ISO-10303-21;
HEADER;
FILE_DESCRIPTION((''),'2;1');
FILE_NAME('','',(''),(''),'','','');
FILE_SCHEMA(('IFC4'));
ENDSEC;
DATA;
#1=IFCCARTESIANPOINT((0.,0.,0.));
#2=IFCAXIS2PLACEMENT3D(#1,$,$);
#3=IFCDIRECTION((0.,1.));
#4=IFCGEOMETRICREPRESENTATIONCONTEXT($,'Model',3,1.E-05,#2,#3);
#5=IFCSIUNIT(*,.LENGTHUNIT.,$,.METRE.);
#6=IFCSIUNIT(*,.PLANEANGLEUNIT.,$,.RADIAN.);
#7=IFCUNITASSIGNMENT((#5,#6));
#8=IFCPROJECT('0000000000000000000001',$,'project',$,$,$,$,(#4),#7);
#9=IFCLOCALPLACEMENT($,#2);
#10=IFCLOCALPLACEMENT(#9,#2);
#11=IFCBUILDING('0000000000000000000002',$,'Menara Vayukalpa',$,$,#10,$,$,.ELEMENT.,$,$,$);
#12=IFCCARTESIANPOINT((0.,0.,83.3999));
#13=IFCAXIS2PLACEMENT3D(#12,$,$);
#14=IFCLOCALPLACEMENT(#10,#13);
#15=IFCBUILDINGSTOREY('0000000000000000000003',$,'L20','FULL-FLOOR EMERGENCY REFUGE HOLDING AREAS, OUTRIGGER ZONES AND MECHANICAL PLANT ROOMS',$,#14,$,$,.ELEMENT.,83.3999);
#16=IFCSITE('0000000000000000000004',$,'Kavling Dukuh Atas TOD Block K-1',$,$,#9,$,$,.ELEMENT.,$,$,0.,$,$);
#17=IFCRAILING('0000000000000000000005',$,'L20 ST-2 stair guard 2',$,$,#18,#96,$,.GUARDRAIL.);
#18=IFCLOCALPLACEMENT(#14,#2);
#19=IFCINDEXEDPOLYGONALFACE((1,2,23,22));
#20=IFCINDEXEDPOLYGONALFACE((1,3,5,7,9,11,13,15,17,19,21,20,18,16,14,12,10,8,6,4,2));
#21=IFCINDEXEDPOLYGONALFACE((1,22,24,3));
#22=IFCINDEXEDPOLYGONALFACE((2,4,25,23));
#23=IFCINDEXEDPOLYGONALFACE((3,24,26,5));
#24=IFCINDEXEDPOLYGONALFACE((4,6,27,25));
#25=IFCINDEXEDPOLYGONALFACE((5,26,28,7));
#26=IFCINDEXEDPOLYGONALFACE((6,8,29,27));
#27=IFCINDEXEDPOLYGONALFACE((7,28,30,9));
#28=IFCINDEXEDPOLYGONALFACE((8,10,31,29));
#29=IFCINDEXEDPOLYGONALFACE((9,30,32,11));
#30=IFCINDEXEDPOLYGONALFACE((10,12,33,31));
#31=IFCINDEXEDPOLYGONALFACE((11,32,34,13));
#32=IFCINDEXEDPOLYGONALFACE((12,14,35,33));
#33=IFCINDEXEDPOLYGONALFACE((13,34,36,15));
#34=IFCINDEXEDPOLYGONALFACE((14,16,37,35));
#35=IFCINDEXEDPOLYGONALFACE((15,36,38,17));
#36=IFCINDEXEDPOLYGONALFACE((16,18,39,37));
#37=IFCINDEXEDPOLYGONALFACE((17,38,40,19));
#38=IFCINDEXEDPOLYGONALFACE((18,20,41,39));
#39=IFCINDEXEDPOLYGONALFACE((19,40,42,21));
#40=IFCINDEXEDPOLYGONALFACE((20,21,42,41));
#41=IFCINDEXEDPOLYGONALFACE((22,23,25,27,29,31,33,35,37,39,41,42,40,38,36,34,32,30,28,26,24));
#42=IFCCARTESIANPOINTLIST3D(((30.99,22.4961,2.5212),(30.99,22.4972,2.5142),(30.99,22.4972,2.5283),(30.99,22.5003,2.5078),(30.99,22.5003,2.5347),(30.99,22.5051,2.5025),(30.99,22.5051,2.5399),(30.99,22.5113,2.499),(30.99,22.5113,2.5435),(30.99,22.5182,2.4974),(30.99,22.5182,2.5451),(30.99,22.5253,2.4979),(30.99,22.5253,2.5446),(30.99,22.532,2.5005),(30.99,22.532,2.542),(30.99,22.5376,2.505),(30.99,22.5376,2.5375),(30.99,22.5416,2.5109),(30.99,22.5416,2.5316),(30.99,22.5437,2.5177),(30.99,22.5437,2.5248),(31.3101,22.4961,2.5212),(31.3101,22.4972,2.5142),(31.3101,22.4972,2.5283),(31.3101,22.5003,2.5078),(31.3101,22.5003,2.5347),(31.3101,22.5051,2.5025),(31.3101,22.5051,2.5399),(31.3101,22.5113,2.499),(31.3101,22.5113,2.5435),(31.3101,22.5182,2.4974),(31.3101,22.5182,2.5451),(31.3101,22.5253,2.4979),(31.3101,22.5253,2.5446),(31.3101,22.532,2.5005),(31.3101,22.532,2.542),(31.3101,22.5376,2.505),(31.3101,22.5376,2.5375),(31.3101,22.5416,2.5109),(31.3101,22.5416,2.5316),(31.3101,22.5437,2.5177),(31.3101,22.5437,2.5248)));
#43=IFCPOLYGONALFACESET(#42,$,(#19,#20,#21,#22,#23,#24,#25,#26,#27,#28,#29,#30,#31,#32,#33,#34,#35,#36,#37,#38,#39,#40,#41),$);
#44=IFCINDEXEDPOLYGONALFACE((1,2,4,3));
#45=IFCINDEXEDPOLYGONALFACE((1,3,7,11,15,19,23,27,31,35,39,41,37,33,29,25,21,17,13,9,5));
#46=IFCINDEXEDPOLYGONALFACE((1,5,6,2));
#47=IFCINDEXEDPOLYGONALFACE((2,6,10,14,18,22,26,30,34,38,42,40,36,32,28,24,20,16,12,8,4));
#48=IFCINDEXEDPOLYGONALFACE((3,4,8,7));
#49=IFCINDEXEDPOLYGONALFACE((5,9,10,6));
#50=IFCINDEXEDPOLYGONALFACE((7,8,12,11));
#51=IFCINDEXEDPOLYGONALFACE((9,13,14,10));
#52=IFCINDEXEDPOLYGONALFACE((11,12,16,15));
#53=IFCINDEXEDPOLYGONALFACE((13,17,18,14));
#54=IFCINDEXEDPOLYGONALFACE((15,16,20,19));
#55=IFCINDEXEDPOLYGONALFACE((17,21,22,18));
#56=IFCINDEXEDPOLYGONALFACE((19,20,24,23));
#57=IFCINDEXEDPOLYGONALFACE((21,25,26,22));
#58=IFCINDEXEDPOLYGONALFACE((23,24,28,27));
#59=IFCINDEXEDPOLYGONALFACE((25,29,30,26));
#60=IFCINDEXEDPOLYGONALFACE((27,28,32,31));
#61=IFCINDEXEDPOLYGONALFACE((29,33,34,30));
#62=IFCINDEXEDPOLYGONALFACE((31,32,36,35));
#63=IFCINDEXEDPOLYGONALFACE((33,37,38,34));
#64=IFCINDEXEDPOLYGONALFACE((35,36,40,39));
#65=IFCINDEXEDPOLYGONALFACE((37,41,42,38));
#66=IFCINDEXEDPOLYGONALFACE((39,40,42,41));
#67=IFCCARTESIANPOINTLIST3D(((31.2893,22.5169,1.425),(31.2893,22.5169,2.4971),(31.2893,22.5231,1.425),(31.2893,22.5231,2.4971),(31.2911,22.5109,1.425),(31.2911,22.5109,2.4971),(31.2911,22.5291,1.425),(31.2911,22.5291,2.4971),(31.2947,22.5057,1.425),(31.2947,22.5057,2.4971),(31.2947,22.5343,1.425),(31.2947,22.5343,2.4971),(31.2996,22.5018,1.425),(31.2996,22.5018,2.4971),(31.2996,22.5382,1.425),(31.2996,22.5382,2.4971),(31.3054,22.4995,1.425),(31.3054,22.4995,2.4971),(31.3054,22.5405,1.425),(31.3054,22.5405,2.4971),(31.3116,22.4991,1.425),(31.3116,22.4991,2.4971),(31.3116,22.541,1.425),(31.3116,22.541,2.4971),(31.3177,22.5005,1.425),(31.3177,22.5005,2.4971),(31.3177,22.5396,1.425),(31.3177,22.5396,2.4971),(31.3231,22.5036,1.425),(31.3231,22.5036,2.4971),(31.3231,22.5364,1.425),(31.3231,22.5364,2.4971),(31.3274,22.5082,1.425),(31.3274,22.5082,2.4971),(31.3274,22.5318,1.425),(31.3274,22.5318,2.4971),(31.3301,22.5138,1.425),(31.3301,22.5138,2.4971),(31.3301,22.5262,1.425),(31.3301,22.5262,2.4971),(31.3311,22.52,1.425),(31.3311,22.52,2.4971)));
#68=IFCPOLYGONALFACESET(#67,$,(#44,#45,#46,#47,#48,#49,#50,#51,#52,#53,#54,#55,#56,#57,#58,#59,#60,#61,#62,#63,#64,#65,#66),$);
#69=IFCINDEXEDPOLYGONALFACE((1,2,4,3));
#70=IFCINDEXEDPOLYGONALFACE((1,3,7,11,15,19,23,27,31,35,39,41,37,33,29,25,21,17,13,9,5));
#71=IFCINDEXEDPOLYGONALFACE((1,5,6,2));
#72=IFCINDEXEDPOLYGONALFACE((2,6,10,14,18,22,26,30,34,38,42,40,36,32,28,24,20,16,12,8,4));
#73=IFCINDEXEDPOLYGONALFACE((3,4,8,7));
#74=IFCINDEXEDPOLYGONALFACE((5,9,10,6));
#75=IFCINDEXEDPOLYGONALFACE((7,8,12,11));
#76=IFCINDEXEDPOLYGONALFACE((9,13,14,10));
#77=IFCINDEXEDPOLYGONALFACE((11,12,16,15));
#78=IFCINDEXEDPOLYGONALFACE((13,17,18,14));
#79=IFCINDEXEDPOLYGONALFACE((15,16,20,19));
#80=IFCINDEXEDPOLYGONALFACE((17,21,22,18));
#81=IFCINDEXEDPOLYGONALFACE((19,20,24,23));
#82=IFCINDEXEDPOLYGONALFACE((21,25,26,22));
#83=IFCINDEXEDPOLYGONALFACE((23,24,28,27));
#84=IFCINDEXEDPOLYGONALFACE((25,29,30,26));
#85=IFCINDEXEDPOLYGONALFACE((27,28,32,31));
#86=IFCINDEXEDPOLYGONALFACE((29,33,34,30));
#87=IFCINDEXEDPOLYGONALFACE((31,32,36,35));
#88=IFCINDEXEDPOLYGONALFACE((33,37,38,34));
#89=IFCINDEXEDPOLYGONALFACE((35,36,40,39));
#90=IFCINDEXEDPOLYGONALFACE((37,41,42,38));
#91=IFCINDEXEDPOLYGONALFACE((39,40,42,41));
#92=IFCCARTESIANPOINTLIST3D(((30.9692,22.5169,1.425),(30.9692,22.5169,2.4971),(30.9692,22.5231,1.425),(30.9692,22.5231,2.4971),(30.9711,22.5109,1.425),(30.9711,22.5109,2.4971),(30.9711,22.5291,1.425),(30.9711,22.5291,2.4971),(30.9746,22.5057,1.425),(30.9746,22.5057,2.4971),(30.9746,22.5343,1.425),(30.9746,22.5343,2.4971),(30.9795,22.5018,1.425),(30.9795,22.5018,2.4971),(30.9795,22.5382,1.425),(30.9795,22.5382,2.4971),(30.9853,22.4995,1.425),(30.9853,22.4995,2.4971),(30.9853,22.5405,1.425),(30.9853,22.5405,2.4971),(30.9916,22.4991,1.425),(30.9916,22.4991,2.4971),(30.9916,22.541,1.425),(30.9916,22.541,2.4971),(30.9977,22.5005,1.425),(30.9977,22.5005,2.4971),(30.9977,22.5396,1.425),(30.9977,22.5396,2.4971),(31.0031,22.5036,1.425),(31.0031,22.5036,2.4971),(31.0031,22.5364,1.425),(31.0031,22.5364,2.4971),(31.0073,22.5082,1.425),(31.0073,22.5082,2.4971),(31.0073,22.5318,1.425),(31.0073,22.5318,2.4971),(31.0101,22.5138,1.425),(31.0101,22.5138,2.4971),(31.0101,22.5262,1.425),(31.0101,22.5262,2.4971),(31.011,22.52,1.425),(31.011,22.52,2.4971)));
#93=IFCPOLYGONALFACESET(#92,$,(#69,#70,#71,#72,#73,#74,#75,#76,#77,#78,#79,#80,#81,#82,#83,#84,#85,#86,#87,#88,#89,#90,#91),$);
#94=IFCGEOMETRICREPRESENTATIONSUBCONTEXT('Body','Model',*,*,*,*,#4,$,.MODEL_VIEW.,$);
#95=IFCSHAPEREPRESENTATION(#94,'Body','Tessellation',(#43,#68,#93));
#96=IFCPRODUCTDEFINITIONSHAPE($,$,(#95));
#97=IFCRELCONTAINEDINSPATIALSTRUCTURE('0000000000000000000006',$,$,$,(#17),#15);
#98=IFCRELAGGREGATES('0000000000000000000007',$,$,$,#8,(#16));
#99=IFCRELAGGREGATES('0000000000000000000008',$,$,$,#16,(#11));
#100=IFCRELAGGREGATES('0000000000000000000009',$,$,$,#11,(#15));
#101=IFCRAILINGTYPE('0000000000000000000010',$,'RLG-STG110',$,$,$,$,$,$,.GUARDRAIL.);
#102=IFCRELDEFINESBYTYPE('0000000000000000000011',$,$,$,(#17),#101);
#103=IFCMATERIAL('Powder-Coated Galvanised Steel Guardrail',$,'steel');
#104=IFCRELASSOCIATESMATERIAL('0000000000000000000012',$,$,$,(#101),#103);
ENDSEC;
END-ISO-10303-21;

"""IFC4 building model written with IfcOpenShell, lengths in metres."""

from ifc_helpers import new_model, si_unit, direction, frame, origin, origin_2d, place, context, subcontext, project, spatial, circle, extrude, material, type_object, element, save


model = new_model("IFC4")

# Units and contexts
model_context = context("Model", 3, precision=1e-05, world=origin(), true_north=direction((0.0, 1.0)))
body_context = subcontext(model_context, "Body", "Model", "MODEL_VIEW")
ifc_project = project(units=[si_unit("LENGTHUNIT", "METRE"), si_unit("PLANEANGLEUNIT", "RADIAN")], contexts=[model_context])

# Site, building, storey
site_placement = place(None, origin())
site = spatial("IfcSite", under=ifc_project, at=site_placement, Name="Kavling Dukuh Atas TOD Block K-1", CompositionType="ELEMENT", RefElevation=0.0)
building_placement = place(site_placement, origin())
building = spatial("IfcBuilding", under=site, at=building_placement, Name="Menara Vayukalpa", CompositionType="ELEMENT")
storey_placement = place(building_placement, frame((0.0, 0.0, 83.3999)))
storey = spatial("IfcBuildingStorey", under=building, at=storey_placement, Name="L20", Description="FULL-FLOOR EMERGENCY REFUGE HOLDING AREAS, OUTRIGGER ZONES AND MECHANICAL PLANT ROOMS", CompositionType="ELEMENT", Elevation=83.3999)

# Railing
ifc_material_1 = material(Name="Powder-Coated Galvanised Steel Guardrail", Category="steel")
railing_type_1 = type_object("IfcRailingType", Name="RLG-STG110", PredefinedType="GUARDRAIL", material=ifc_material_1)
railing_1_placement = place(storey_placement, frame((31.3101, 22.52, 1.425)))
element("IfcRailing", 1, at=railing_1_placement, inside=storey, type_object=railing_type_1, Name="L20 ST-2 stair guard 2", PredefinedType="GUARDRAIL", context=body_context, shape_type="SweptSolid", body=[
    extrude(circle(Radius=0.0239, at=origin_2d()), frame((0.0, 0.0, 1.0962), z_axis=(-1.0, 0.0, 0.0), x_axis=(0.0, -1.0, 0.0)), (0.0, 0.0, 1.0), 0.3201),
    extrude(circle(Radius=0.021, at=origin_2d()), origin(), (0.0, 0.0, 1.0), 1.072),
    extrude(circle(Radius=0.021, at=origin_2d()), frame((-0.3201, 0.0, 0.0)), (0.0, 0.0, 1.0), 1.072),
])

save(model, "model.ifc")
